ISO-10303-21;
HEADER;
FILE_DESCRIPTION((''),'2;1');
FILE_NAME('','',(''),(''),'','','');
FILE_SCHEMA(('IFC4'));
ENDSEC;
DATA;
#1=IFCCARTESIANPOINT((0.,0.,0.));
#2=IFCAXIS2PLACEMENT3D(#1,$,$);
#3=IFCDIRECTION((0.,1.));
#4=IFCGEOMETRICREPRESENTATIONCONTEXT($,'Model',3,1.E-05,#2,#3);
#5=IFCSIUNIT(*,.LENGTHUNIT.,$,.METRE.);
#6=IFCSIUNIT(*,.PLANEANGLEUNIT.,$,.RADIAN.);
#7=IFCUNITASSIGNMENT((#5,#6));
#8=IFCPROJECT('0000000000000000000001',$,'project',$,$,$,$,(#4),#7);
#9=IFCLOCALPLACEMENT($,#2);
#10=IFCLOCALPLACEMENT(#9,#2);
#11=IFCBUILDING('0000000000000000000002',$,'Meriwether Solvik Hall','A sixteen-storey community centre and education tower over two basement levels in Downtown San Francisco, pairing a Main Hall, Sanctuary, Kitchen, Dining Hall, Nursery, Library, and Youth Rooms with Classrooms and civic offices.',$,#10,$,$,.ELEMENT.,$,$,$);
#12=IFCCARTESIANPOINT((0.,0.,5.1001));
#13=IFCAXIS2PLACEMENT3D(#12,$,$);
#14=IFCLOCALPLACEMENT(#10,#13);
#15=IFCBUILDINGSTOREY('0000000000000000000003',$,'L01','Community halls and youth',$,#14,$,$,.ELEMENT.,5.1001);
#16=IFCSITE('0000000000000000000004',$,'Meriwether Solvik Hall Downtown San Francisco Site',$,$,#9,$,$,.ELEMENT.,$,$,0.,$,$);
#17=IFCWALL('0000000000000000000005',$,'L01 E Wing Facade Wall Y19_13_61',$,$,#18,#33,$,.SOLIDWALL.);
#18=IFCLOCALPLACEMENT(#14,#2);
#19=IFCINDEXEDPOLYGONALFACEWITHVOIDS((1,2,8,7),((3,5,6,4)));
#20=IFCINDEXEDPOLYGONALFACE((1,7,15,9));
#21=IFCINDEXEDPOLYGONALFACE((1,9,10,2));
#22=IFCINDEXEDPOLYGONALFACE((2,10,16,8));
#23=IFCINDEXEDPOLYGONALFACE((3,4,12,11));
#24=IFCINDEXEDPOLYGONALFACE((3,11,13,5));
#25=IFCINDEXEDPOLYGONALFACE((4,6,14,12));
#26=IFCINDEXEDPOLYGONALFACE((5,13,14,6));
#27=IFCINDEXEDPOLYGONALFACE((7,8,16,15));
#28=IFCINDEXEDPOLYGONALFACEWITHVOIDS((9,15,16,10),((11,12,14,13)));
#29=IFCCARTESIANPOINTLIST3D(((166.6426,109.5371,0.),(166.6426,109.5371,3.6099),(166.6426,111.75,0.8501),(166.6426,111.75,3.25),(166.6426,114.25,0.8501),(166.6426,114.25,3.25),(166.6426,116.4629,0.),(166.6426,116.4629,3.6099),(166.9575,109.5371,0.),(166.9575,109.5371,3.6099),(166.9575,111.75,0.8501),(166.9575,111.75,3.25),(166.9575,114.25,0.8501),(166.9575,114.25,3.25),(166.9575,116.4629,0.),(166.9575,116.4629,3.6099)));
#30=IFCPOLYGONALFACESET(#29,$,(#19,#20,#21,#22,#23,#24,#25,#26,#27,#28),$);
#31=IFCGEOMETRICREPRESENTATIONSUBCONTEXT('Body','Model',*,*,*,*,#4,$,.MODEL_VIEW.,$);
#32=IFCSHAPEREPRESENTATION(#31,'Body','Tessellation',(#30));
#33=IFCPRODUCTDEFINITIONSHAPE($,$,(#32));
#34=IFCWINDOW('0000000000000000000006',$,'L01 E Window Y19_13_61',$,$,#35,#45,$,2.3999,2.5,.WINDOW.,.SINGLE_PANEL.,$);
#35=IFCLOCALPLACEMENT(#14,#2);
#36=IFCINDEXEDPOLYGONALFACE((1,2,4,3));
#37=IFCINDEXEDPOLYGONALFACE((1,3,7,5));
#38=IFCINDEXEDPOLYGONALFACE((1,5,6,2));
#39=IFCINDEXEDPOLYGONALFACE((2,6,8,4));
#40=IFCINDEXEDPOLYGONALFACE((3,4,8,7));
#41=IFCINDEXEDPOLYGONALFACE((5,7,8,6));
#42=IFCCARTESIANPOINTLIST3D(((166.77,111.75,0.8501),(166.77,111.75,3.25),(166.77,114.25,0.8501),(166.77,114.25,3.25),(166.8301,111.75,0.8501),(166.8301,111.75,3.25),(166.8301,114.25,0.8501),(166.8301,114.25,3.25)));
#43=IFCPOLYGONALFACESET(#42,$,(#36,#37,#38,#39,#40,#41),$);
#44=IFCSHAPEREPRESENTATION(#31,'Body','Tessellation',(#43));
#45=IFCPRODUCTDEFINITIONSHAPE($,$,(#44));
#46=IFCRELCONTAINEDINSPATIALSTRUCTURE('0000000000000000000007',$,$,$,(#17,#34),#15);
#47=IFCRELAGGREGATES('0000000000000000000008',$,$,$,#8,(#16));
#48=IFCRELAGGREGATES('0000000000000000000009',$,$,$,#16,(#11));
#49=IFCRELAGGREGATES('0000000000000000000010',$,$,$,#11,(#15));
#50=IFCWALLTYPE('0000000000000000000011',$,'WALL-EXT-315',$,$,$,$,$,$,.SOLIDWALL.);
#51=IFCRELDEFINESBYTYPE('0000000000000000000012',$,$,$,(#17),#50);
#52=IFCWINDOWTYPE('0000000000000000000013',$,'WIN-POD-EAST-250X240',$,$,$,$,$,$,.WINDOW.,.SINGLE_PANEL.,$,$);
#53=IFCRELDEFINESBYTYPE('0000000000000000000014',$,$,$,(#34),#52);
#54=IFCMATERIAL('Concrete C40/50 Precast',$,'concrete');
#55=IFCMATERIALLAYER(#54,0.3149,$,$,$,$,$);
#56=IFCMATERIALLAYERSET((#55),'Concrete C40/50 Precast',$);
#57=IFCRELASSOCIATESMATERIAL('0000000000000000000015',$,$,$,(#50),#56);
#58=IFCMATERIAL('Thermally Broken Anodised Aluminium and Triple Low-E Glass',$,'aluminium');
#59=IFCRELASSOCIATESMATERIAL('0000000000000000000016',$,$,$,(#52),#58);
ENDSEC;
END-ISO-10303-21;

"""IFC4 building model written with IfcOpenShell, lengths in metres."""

from ifc_helpers import new_model, si_unit, direction, frame, frame_2d, origin, place, context, subcontext, project, spatial, rectangle, extrude, material, layer, layer_set, type_object, element, fill, save


model = new_model("IFC4")

# Units and contexts
model_context = context("Model", 3, precision=1e-05, world=origin(), true_north=direction((0.0, 1.0)))
body_context = subcontext(model_context, "Body", "Model", "MODEL_VIEW")
ifc_project = project(units=[si_unit("LENGTHUNIT", "METRE"), si_unit("PLANEANGLEUNIT", "RADIAN")], contexts=[model_context])

# Site, building, storey
site_placement = place(None, origin())
site = spatial("IfcSite", under=ifc_project, at=site_placement, Name="Meriwether Solvik Hall Downtown San Francisco Site", CompositionType="ELEMENT", RefElevation=0.0)
building_placement = place(site_placement, origin())
building = spatial("IfcBuilding", under=site, at=building_placement, Name="Meriwether Solvik Hall", Description="A sixteen-storey community centre and education tower over two basement levels in Downtown San Francisco, pairing a Main Hall, Sanctuary, Kitchen, Dining Hall, Nursery, Library, and Youth Rooms with Classrooms and civic offices.", CompositionType="ELEMENT")
storey_placement = place(building_placement, frame((0.0, 0.0, 5.1001)))
storey = spatial("IfcBuildingStorey", under=building, at=storey_placement, Name="L01", Description="Community halls and youth", CompositionType="ELEMENT", Elevation=5.1001)

# Wall, opening, window
ifc_material_1 = material(Name="Concrete C40/50 Precast", Category="concrete")
ifc_layer_1 = layer(ifc_material_1, 0.3149)
ifc_layer_set_1 = layer_set([ifc_layer_1], Name="Concrete C40/50 Precast")
wall_type_1 = type_object("IfcWallType", Name="WALL-EXT-315", PredefinedType="SOLIDWALL", material=ifc_layer_set_1)
wall_1_placement = place(storey_placement, frame((166.8, 116.4629, 0.0), z_axis=(0.0, 0.0, 1.0), x_axis=(0.0, -1.0, 0.0)))
wall_1 = element("IfcWall", 1, at=wall_1_placement, inside=storey, type_object=wall_type_1, Name="L01 E Wing Facade Wall Y19_13_61", PredefinedType="SOLIDWALL", context=body_context, shape_type="SweptSolid", body=[
    extrude(rectangle(XDim=6.9258, YDim=0.3149, at=frame_2d((3.4629, 0.0))), origin(), (0.0, 0.0, 1.0), 3.6099),
])
opening_1_placement = place(wall_1_placement, frame((2.2129, 0.0, 0.8501)))
opening_1 = element("IfcOpeningElement", 2, at=opening_1_placement, cuts=wall_1, PredefinedType="OPENING", context=body_context, shape_type="SweptSolid", body=[
    extrude(rectangle(XDim=2.5, YDim=2.3999, at=frame_2d((1.25, 1.2))), frame((0.0, 0.1694, 0.0), z_axis=(0.0, -1.0, 0.0), x_axis=(1.0, 0.0, 0.0)), (0.0, 0.0, 1.0), 0.3389),
])
ifc_material_2 = material(Name="Thermally Broken Anodised Aluminium and Triple Low-E Glass", Category="aluminium")
window_type_1 = type_object("IfcWindowType", Name="WIN-POD-EAST-250X240", PartitioningType="SINGLE_PANEL", PredefinedType="WINDOW", material=ifc_material_2)
window_1_placement = place(opening_1_placement, origin())
window_1 = element("IfcWindow", 3, at=window_1_placement, inside=storey, type_object=window_type_1, Name="L01 E Window Y19_13_61", OverallHeight=2.3999, OverallWidth=2.5, PartitioningType="SINGLE_PANEL", PredefinedType="WINDOW", context=body_context, shape_type="SweptSolid", body=[
    extrude(rectangle(XDim=2.5, YDim=2.3999, at=frame_2d((1.25, 1.2))), frame((0.0, 0.03, 0.0), z_axis=(0.0, -1.0, 0.0), x_axis=(1.0, 0.0, 0.0)), (0.0, 0.0, 1.0), 0.0601),
])
fill(opening_1, window_1)

save(model, "model.ifc")
